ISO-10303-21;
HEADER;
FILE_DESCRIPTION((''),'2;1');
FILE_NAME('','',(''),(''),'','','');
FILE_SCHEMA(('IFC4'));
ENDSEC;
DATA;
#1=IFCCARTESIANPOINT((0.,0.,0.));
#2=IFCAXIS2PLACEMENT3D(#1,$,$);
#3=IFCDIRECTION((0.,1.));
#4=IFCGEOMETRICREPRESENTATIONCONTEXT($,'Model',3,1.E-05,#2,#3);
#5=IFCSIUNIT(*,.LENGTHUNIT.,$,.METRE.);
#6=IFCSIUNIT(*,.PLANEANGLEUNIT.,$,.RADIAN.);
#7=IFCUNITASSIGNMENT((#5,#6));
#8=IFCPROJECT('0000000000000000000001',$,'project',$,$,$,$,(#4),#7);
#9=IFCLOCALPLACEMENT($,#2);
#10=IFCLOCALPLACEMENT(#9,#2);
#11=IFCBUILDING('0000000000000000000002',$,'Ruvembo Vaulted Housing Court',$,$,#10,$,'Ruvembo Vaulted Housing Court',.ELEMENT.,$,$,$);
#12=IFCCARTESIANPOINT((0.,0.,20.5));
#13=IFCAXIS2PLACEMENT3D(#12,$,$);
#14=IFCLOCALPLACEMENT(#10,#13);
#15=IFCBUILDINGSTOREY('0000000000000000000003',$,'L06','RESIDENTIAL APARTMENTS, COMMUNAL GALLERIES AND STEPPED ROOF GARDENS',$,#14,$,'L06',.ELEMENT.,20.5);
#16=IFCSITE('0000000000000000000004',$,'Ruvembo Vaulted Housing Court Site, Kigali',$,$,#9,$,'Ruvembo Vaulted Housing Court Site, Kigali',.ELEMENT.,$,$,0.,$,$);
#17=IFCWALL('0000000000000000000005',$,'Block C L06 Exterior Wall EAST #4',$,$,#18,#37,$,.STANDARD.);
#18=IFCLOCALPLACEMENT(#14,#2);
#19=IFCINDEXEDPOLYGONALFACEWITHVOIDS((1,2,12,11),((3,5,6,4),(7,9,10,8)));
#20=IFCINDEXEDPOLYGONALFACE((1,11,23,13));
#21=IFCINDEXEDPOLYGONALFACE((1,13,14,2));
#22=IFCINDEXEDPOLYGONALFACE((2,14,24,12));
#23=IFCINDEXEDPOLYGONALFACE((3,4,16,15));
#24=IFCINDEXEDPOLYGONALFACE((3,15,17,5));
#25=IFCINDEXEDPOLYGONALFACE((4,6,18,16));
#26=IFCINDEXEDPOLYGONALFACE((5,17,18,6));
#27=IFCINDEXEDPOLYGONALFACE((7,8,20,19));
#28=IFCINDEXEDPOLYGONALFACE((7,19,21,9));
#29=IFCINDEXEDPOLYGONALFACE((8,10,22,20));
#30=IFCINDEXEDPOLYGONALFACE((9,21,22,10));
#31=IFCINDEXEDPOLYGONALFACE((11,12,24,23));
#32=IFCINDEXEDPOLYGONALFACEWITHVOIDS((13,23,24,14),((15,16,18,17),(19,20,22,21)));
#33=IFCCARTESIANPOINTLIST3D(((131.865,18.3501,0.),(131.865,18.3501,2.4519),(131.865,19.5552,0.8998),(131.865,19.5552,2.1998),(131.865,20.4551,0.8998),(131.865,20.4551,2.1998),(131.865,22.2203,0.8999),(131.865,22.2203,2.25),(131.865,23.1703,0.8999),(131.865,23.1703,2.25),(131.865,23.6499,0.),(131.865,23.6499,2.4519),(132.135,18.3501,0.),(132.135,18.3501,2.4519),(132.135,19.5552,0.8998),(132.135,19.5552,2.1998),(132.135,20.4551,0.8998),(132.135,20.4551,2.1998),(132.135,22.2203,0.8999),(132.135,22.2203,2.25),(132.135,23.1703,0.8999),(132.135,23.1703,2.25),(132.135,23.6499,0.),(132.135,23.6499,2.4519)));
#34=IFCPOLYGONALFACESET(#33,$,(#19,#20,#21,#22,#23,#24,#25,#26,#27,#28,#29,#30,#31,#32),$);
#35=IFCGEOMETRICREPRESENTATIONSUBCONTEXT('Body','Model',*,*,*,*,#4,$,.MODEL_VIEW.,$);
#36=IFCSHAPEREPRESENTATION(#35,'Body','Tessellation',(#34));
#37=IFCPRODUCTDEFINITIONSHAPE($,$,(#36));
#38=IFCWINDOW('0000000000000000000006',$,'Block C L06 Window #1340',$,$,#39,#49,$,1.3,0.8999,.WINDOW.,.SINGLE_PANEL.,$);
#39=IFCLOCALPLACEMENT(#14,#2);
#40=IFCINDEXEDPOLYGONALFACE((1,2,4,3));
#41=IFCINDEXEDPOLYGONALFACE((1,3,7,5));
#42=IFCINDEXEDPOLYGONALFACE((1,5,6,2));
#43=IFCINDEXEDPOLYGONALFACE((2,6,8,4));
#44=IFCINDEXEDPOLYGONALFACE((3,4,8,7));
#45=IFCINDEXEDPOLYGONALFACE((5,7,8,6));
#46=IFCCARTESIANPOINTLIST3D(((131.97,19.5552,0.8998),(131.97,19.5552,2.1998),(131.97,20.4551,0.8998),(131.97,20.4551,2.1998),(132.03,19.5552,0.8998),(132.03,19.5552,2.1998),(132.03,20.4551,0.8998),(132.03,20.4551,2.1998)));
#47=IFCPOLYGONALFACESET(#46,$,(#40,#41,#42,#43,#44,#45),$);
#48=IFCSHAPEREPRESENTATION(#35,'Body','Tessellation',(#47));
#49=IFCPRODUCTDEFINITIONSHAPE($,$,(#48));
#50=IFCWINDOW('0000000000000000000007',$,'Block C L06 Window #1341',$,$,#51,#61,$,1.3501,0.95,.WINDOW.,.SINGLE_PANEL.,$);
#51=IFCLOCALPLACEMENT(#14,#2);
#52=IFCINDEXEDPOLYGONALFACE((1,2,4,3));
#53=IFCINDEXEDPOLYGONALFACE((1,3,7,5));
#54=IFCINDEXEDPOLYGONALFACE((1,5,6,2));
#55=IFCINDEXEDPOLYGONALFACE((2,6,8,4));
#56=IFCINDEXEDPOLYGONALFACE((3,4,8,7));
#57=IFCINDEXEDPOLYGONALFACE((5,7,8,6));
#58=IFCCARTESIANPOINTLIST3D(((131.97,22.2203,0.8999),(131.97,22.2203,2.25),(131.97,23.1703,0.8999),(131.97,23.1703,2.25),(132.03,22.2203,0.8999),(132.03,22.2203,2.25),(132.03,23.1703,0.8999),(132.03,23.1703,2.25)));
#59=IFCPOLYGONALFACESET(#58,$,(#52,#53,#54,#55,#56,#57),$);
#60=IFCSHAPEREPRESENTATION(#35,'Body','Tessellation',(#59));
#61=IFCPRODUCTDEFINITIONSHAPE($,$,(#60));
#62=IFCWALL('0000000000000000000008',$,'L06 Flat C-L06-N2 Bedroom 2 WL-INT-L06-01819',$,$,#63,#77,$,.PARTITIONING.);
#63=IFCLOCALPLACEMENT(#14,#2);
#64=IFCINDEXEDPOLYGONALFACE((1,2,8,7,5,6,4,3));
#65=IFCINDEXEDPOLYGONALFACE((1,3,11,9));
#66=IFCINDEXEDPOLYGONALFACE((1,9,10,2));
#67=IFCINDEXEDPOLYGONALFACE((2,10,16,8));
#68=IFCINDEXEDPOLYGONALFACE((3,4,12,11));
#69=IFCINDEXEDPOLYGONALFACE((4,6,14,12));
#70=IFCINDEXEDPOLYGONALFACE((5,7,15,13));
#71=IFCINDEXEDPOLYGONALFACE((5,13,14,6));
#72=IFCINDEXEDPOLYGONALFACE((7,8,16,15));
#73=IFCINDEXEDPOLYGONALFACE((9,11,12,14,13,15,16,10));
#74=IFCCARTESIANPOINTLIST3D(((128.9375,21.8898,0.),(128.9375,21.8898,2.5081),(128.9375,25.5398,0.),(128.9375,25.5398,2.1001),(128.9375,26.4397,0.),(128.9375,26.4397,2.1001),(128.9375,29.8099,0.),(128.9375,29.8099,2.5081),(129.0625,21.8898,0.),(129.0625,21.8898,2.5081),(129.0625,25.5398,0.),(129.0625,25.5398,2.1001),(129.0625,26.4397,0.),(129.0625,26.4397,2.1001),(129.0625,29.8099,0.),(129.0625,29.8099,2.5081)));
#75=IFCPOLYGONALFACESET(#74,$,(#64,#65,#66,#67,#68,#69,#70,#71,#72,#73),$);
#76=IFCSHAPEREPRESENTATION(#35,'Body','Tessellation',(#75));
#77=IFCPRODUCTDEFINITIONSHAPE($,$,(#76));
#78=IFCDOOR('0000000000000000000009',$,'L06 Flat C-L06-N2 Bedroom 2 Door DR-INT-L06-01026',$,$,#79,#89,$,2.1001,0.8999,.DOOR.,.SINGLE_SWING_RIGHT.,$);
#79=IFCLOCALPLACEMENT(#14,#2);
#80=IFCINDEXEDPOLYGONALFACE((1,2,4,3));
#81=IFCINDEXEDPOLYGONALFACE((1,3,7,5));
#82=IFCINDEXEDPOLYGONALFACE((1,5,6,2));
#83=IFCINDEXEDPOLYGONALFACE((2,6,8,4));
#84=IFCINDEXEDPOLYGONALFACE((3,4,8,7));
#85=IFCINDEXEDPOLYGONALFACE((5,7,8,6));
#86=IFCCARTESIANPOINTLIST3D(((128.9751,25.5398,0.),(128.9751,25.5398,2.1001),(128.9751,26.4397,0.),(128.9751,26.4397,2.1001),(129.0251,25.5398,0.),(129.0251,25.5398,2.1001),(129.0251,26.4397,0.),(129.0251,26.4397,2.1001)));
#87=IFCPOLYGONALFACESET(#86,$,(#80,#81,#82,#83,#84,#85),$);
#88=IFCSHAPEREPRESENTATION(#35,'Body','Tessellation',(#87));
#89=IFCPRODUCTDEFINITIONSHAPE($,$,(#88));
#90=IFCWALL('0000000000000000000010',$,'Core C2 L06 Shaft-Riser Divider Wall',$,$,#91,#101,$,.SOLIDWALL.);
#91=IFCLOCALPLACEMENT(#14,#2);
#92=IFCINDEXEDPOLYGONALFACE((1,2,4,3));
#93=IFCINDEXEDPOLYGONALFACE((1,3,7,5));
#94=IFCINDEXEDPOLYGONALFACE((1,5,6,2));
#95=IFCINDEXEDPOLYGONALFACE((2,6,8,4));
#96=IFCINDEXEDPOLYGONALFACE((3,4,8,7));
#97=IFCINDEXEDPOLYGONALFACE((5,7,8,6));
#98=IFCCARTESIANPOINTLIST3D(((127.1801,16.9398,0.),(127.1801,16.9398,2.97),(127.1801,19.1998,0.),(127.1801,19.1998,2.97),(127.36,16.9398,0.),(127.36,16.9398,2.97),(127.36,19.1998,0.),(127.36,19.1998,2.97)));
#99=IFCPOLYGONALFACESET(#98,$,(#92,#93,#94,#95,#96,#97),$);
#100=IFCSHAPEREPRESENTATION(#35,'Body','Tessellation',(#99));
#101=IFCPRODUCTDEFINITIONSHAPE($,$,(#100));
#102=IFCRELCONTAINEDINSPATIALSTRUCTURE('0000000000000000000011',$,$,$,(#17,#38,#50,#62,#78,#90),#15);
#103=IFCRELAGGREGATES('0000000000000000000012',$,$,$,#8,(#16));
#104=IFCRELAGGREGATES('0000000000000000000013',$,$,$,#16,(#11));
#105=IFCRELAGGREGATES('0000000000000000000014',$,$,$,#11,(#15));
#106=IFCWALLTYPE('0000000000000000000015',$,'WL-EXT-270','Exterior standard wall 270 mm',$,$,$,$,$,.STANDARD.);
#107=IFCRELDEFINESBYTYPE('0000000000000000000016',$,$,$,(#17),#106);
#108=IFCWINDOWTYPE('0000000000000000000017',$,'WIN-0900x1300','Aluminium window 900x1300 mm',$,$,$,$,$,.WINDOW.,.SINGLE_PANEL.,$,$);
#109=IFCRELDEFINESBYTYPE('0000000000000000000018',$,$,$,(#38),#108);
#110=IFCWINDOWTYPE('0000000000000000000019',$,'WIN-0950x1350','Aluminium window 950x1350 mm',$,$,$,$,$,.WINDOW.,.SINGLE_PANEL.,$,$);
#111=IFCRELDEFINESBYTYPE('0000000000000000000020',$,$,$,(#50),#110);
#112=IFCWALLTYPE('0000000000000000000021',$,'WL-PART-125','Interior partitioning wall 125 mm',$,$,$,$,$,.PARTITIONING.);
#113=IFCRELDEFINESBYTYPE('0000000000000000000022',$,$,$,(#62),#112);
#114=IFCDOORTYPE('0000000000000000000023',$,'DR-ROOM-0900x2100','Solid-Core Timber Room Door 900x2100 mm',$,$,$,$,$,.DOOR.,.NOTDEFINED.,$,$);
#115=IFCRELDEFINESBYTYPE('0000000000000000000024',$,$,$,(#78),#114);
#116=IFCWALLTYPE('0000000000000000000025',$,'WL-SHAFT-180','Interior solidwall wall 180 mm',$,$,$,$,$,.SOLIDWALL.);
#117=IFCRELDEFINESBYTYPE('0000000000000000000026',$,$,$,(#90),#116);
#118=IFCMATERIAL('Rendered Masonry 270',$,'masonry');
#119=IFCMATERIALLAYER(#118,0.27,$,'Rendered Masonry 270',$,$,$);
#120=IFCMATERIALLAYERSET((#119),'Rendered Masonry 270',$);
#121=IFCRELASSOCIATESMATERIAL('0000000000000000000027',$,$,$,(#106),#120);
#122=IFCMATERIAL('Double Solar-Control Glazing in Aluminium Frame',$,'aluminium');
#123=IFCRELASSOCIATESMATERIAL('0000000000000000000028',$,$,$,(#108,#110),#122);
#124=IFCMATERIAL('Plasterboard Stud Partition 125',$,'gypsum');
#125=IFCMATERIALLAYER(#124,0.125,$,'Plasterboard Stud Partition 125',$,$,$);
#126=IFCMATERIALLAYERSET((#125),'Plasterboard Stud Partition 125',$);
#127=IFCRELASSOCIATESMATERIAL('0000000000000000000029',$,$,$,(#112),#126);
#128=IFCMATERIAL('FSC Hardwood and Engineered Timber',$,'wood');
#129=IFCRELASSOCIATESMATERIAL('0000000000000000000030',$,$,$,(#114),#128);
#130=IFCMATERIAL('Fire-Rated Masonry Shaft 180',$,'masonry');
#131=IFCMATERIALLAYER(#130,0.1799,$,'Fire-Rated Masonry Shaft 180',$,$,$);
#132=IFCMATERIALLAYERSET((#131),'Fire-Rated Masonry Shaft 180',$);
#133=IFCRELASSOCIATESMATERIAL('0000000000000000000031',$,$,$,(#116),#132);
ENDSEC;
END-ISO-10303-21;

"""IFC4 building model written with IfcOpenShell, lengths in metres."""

from ifc_helpers import new_model, si_unit, direction, frame, frame_2d, origin, place, context, subcontext, project, spatial, rectangle, extrude, material, layer, layer_set, type_object, element, fill, save


model = new_model("IFC4")

# Units and contexts
model_context = context("Model", 3, precision=1e-05, world=origin(), true_north=direction((0.0, 1.0)))
body_context = subcontext(model_context, "Body", "Model", "MODEL_VIEW")
ifc_project = project(units=[si_unit("LENGTHUNIT", "METRE"), si_unit("PLANEANGLEUNIT", "RADIAN")], contexts=[model_context])

# Site, building, storey
site_placement = place(None, origin())
site = spatial("IfcSite", under=ifc_project, at=site_placement, Name="Ruvembo Vaulted Housing Court Site, Kigali", LongName="Ruvembo Vaulted Housing Court Site, Kigali", CompositionType="ELEMENT", RefElevation=0.0)
building_placement = place(site_placement, origin())
building = spatial("IfcBuilding", under=site, at=building_placement, Name="Ruvembo Vaulted Housing Court", LongName="Ruvembo Vaulted Housing Court", CompositionType="ELEMENT")
storey_placement = place(building_placement, frame((0.0, 0.0, 20.5)))
storey = spatial("IfcBuildingStorey", under=building, at=storey_placement, Name="L06", Description="RESIDENTIAL APARTMENTS, COMMUNAL GALLERIES AND STEPPED ROOF GARDENS", LongName="L06", CompositionType="ELEMENT", Elevation=20.5)

# Shared definitions
ifc_material_1 = material(Name="FSC Hardwood and Engineered Timber", Category="wood")

# Shared definitions
ifc_material_2 = material(Name="Rendered Masonry 270", Category="masonry")
ifc_layer_1 = layer(ifc_material_2, 0.27, Name="Rendered Masonry 270")
ifc_layer_set_1 = layer_set([ifc_layer_1], Name="Rendered Masonry 270")
wall_type_1 = type_object("IfcWallType", Name="WL-EXT-270", Description="Exterior standard wall 270 mm", PredefinedType="STANDARD", material=ifc_layer_set_1)

# Wall, openings, windows
wall_1_placement = place(storey_placement, frame((132.0, 18.3501, 0.0), z_axis=(0.0, 0.0, 1.0), x_axis=(0.0, 1.0, 0.0)))
wall_1 = element("IfcWall", 1, at=wall_1_placement, inside=storey, type_object=wall_type_1, Name="Block C L06 Exterior Wall EAST #4", PredefinedType="STANDARD", context=body_context, shape_type="SweptSolid", body=[
    extrude(rectangle(XDim=5.2998, YDim=0.27, at=frame_2d((2.6499, 0.0))), origin(), (0.0, 0.0, 1.0), 2.4519),
])
opening_1_placement = place(wall_1_placement, frame((1.2051, 0.0, 0.8999)))
opening_1 = element("IfcOpeningElement", 2, at=opening_1_placement, cuts=wall_1, PredefinedType="OPENING", context=body_context, shape_type="SweptSolid", body=[
    extrude(rectangle(XDim=0.8999, YDim=1.3, at=frame_2d((0.45, 0.6499))), frame((0.0, 0.145, 0.0), z_axis=(0.0, -1.0, 0.0), x_axis=(1.0, 0.0, 0.0)), (0.0, 0.0, 1.0), 0.29),
])
opening_2_placement = place(wall_1_placement, frame((3.8701, 0.0, 0.8999)))
opening_2 = element("IfcOpeningElement", 3, at=opening_2_placement, cuts=wall_1, PredefinedType="OPENING", context=body_context, shape_type="SweptSolid", body=[
    extrude(rectangle(XDim=0.95, YDim=1.3501, at=frame_2d((0.4751, 0.675))), frame((0.0, 0.145, 0.0), z_axis=(0.0, -1.0, 0.0), x_axis=(1.0, 0.0, 0.0)), (0.0, 0.0, 1.0), 0.29),
])
ifc_material_3 = material(Name="Double Solar-Control Glazing in Aluminium Frame", Category="aluminium")
window_type_1 = type_object("IfcWindowType", Name="WIN-0900x1300", Description="Aluminium window 900x1300 mm", PartitioningType="SINGLE_PANEL", PredefinedType="WINDOW", material=ifc_material_3)
window_1_placement = place(opening_1_placement, origin())
window_1 = element("IfcWindow", 4, at=window_1_placement, inside=storey, type_object=window_type_1, Name="Block C L06 Window #1340", OverallHeight=1.3, OverallWidth=0.8999, PartitioningType="SINGLE_PANEL", PredefinedType="WINDOW", context=body_context, shape_type="SweptSolid", body=[
    extrude(rectangle(XDim=0.8999, YDim=1.3, at=frame_2d((0.45, 0.6499))), frame((0.0, 0.03, 0.0), z_axis=(0.0, -1.0, 0.0), x_axis=(1.0, 0.0, 0.0)), (0.0, 0.0, 1.0), 0.0601),
])
fill(opening_1, window_1)
window_type_2 = type_object("IfcWindowType", Name="WIN-0950x1350", Description="Aluminium window 950x1350 mm", PartitioningType="SINGLE_PANEL", PredefinedType="WINDOW", material=ifc_material_3)
window_2_placement = place(opening_2_placement, origin())
window_2 = element("IfcWindow", 5, at=window_2_placement, inside=storey, type_object=window_type_2, Name="Block C L06 Window #1341", OverallHeight=1.3501, OverallWidth=0.95, PartitioningType="SINGLE_PANEL", PredefinedType="WINDOW", context=body_context, shape_type="SweptSolid", body=[
    extrude(rectangle(XDim=0.95, YDim=1.3501, at=frame_2d((0.4751, 0.675))), frame((0.0, 0.03, 0.0), z_axis=(0.0, -1.0, 0.0), x_axis=(1.0, 0.0, 0.0)), (0.0, 0.0, 1.0), 0.0601),
])
fill(opening_2, window_2)

# Wall, opening, door
ifc_material_4 = material(Name="Plasterboard Stud Partition 125", Category="gypsum")
ifc_layer_2 = layer(ifc_material_4, 0.125, Name="Plasterboard Stud Partition 125")
ifc_layer_set_2 = layer_set([ifc_layer_2], Name="Plasterboard Stud Partition 125")
wall_type_2 = type_object("IfcWallType", Name="WL-PART-125", Description="Interior partitioning wall 125 mm", PredefinedType="PARTITIONING", material=ifc_layer_set_2)
wall_2_placement = place(storey_placement, frame((129.0, 21.8899, 0.0), z_axis=(0.0, 0.0, 1.0), x_axis=(0.0, 1.0, 0.0)))
wall_2 = element("IfcWall", 6, at=wall_2_placement, inside=storey, type_object=wall_type_2, Name="L06 Flat C-L06-N2 Bedroom 2 WL-INT-L06-01819", PredefinedType="PARTITIONING", context=body_context, shape_type="SweptSolid", body=[
    extrude(rectangle(XDim=7.9202, YDim=0.125, at=frame_2d((3.96, 0.0))), origin(), (0.0, 0.0, 1.0), 2.5081),
])
opening_3_placement = place(wall_2_placement, frame((3.6499, 0.0, 0.0)))
opening_3 = element("IfcOpeningElement", 7, at=opening_3_placement, cuts=wall_2, PredefinedType="OPENING", context=body_context, shape_type="SweptSolid", body=[
    extrude(rectangle(XDim=0.8999, YDim=2.1001, at=frame_2d((0.45, 1.05))), frame((0.0, 0.0725, 0.0), z_axis=(0.0, -1.0, 0.0), x_axis=(1.0, 0.0, 0.0)), (0.0, 0.0, 1.0), 0.145),
])
door_type_1 = type_object("IfcDoorType", Name="DR-ROOM-0900x2100", Description="Solid-Core Timber Room Door 900x2100 mm", OperationType="NOTDEFINED", PredefinedType="DOOR", material=ifc_material_1)
door_1_placement = place(opening_3_placement, origin())
door_1 = element("IfcDoor", 8, at=door_1_placement, inside=storey, type_object=door_type_1, Name="L06 Flat C-L06-N2 Bedroom 2 Door DR-INT-L06-01026", OperationType="SINGLE_SWING_RIGHT", OverallHeight=2.1001, OverallWidth=0.8999, PredefinedType="DOOR", context=body_context, shape_type="SweptSolid", body=[
    extrude(rectangle(XDim=0.8999, YDim=2.1001, at=frame_2d((0.45, 1.05))), frame((0.0, 0.0249, 0.0), z_axis=(0.0, -1.0, 0.0), x_axis=(1.0, 0.0, 0.0)), (0.0, 0.0, 1.0), 0.05),
])
fill(opening_3, door_1)

# Shared definitions
ifc_material_5 = material(Name="Fire-Rated Masonry Shaft 180", Category="masonry")
ifc_layer_3 = layer(ifc_material_5, 0.1799, Name="Fire-Rated Masonry Shaft 180")
ifc_layer_set_3 = layer_set([ifc_layer_3], Name="Fire-Rated Masonry Shaft 180")
wall_type_3 = type_object("IfcWallType", Name="WL-SHAFT-180", Description="Interior solidwall wall 180 mm", PredefinedType="SOLIDWALL", material=ifc_layer_set_3)

# Wall
wall_3_placement = place(storey_placement, frame((127.27, 16.9399, 0.0), z_axis=(0.0, 0.0, 1.0), x_axis=(0.0, 1.0, 0.0)))
element("IfcWall", 9, at=wall_3_placement, inside=storey, type_object=wall_type_3, Name="Core C2 L06 Shaft-Riser Divider Wall", PredefinedType="SOLIDWALL", context=body_context, shape_type="SweptSolid", body=[
    extrude(rectangle(XDim=2.26, YDim=0.1799, at=frame_2d((1.1299, 0.0))), origin(), (0.0, 0.0, 1.0), 2.97),
])

save(model, "model.ifc")
